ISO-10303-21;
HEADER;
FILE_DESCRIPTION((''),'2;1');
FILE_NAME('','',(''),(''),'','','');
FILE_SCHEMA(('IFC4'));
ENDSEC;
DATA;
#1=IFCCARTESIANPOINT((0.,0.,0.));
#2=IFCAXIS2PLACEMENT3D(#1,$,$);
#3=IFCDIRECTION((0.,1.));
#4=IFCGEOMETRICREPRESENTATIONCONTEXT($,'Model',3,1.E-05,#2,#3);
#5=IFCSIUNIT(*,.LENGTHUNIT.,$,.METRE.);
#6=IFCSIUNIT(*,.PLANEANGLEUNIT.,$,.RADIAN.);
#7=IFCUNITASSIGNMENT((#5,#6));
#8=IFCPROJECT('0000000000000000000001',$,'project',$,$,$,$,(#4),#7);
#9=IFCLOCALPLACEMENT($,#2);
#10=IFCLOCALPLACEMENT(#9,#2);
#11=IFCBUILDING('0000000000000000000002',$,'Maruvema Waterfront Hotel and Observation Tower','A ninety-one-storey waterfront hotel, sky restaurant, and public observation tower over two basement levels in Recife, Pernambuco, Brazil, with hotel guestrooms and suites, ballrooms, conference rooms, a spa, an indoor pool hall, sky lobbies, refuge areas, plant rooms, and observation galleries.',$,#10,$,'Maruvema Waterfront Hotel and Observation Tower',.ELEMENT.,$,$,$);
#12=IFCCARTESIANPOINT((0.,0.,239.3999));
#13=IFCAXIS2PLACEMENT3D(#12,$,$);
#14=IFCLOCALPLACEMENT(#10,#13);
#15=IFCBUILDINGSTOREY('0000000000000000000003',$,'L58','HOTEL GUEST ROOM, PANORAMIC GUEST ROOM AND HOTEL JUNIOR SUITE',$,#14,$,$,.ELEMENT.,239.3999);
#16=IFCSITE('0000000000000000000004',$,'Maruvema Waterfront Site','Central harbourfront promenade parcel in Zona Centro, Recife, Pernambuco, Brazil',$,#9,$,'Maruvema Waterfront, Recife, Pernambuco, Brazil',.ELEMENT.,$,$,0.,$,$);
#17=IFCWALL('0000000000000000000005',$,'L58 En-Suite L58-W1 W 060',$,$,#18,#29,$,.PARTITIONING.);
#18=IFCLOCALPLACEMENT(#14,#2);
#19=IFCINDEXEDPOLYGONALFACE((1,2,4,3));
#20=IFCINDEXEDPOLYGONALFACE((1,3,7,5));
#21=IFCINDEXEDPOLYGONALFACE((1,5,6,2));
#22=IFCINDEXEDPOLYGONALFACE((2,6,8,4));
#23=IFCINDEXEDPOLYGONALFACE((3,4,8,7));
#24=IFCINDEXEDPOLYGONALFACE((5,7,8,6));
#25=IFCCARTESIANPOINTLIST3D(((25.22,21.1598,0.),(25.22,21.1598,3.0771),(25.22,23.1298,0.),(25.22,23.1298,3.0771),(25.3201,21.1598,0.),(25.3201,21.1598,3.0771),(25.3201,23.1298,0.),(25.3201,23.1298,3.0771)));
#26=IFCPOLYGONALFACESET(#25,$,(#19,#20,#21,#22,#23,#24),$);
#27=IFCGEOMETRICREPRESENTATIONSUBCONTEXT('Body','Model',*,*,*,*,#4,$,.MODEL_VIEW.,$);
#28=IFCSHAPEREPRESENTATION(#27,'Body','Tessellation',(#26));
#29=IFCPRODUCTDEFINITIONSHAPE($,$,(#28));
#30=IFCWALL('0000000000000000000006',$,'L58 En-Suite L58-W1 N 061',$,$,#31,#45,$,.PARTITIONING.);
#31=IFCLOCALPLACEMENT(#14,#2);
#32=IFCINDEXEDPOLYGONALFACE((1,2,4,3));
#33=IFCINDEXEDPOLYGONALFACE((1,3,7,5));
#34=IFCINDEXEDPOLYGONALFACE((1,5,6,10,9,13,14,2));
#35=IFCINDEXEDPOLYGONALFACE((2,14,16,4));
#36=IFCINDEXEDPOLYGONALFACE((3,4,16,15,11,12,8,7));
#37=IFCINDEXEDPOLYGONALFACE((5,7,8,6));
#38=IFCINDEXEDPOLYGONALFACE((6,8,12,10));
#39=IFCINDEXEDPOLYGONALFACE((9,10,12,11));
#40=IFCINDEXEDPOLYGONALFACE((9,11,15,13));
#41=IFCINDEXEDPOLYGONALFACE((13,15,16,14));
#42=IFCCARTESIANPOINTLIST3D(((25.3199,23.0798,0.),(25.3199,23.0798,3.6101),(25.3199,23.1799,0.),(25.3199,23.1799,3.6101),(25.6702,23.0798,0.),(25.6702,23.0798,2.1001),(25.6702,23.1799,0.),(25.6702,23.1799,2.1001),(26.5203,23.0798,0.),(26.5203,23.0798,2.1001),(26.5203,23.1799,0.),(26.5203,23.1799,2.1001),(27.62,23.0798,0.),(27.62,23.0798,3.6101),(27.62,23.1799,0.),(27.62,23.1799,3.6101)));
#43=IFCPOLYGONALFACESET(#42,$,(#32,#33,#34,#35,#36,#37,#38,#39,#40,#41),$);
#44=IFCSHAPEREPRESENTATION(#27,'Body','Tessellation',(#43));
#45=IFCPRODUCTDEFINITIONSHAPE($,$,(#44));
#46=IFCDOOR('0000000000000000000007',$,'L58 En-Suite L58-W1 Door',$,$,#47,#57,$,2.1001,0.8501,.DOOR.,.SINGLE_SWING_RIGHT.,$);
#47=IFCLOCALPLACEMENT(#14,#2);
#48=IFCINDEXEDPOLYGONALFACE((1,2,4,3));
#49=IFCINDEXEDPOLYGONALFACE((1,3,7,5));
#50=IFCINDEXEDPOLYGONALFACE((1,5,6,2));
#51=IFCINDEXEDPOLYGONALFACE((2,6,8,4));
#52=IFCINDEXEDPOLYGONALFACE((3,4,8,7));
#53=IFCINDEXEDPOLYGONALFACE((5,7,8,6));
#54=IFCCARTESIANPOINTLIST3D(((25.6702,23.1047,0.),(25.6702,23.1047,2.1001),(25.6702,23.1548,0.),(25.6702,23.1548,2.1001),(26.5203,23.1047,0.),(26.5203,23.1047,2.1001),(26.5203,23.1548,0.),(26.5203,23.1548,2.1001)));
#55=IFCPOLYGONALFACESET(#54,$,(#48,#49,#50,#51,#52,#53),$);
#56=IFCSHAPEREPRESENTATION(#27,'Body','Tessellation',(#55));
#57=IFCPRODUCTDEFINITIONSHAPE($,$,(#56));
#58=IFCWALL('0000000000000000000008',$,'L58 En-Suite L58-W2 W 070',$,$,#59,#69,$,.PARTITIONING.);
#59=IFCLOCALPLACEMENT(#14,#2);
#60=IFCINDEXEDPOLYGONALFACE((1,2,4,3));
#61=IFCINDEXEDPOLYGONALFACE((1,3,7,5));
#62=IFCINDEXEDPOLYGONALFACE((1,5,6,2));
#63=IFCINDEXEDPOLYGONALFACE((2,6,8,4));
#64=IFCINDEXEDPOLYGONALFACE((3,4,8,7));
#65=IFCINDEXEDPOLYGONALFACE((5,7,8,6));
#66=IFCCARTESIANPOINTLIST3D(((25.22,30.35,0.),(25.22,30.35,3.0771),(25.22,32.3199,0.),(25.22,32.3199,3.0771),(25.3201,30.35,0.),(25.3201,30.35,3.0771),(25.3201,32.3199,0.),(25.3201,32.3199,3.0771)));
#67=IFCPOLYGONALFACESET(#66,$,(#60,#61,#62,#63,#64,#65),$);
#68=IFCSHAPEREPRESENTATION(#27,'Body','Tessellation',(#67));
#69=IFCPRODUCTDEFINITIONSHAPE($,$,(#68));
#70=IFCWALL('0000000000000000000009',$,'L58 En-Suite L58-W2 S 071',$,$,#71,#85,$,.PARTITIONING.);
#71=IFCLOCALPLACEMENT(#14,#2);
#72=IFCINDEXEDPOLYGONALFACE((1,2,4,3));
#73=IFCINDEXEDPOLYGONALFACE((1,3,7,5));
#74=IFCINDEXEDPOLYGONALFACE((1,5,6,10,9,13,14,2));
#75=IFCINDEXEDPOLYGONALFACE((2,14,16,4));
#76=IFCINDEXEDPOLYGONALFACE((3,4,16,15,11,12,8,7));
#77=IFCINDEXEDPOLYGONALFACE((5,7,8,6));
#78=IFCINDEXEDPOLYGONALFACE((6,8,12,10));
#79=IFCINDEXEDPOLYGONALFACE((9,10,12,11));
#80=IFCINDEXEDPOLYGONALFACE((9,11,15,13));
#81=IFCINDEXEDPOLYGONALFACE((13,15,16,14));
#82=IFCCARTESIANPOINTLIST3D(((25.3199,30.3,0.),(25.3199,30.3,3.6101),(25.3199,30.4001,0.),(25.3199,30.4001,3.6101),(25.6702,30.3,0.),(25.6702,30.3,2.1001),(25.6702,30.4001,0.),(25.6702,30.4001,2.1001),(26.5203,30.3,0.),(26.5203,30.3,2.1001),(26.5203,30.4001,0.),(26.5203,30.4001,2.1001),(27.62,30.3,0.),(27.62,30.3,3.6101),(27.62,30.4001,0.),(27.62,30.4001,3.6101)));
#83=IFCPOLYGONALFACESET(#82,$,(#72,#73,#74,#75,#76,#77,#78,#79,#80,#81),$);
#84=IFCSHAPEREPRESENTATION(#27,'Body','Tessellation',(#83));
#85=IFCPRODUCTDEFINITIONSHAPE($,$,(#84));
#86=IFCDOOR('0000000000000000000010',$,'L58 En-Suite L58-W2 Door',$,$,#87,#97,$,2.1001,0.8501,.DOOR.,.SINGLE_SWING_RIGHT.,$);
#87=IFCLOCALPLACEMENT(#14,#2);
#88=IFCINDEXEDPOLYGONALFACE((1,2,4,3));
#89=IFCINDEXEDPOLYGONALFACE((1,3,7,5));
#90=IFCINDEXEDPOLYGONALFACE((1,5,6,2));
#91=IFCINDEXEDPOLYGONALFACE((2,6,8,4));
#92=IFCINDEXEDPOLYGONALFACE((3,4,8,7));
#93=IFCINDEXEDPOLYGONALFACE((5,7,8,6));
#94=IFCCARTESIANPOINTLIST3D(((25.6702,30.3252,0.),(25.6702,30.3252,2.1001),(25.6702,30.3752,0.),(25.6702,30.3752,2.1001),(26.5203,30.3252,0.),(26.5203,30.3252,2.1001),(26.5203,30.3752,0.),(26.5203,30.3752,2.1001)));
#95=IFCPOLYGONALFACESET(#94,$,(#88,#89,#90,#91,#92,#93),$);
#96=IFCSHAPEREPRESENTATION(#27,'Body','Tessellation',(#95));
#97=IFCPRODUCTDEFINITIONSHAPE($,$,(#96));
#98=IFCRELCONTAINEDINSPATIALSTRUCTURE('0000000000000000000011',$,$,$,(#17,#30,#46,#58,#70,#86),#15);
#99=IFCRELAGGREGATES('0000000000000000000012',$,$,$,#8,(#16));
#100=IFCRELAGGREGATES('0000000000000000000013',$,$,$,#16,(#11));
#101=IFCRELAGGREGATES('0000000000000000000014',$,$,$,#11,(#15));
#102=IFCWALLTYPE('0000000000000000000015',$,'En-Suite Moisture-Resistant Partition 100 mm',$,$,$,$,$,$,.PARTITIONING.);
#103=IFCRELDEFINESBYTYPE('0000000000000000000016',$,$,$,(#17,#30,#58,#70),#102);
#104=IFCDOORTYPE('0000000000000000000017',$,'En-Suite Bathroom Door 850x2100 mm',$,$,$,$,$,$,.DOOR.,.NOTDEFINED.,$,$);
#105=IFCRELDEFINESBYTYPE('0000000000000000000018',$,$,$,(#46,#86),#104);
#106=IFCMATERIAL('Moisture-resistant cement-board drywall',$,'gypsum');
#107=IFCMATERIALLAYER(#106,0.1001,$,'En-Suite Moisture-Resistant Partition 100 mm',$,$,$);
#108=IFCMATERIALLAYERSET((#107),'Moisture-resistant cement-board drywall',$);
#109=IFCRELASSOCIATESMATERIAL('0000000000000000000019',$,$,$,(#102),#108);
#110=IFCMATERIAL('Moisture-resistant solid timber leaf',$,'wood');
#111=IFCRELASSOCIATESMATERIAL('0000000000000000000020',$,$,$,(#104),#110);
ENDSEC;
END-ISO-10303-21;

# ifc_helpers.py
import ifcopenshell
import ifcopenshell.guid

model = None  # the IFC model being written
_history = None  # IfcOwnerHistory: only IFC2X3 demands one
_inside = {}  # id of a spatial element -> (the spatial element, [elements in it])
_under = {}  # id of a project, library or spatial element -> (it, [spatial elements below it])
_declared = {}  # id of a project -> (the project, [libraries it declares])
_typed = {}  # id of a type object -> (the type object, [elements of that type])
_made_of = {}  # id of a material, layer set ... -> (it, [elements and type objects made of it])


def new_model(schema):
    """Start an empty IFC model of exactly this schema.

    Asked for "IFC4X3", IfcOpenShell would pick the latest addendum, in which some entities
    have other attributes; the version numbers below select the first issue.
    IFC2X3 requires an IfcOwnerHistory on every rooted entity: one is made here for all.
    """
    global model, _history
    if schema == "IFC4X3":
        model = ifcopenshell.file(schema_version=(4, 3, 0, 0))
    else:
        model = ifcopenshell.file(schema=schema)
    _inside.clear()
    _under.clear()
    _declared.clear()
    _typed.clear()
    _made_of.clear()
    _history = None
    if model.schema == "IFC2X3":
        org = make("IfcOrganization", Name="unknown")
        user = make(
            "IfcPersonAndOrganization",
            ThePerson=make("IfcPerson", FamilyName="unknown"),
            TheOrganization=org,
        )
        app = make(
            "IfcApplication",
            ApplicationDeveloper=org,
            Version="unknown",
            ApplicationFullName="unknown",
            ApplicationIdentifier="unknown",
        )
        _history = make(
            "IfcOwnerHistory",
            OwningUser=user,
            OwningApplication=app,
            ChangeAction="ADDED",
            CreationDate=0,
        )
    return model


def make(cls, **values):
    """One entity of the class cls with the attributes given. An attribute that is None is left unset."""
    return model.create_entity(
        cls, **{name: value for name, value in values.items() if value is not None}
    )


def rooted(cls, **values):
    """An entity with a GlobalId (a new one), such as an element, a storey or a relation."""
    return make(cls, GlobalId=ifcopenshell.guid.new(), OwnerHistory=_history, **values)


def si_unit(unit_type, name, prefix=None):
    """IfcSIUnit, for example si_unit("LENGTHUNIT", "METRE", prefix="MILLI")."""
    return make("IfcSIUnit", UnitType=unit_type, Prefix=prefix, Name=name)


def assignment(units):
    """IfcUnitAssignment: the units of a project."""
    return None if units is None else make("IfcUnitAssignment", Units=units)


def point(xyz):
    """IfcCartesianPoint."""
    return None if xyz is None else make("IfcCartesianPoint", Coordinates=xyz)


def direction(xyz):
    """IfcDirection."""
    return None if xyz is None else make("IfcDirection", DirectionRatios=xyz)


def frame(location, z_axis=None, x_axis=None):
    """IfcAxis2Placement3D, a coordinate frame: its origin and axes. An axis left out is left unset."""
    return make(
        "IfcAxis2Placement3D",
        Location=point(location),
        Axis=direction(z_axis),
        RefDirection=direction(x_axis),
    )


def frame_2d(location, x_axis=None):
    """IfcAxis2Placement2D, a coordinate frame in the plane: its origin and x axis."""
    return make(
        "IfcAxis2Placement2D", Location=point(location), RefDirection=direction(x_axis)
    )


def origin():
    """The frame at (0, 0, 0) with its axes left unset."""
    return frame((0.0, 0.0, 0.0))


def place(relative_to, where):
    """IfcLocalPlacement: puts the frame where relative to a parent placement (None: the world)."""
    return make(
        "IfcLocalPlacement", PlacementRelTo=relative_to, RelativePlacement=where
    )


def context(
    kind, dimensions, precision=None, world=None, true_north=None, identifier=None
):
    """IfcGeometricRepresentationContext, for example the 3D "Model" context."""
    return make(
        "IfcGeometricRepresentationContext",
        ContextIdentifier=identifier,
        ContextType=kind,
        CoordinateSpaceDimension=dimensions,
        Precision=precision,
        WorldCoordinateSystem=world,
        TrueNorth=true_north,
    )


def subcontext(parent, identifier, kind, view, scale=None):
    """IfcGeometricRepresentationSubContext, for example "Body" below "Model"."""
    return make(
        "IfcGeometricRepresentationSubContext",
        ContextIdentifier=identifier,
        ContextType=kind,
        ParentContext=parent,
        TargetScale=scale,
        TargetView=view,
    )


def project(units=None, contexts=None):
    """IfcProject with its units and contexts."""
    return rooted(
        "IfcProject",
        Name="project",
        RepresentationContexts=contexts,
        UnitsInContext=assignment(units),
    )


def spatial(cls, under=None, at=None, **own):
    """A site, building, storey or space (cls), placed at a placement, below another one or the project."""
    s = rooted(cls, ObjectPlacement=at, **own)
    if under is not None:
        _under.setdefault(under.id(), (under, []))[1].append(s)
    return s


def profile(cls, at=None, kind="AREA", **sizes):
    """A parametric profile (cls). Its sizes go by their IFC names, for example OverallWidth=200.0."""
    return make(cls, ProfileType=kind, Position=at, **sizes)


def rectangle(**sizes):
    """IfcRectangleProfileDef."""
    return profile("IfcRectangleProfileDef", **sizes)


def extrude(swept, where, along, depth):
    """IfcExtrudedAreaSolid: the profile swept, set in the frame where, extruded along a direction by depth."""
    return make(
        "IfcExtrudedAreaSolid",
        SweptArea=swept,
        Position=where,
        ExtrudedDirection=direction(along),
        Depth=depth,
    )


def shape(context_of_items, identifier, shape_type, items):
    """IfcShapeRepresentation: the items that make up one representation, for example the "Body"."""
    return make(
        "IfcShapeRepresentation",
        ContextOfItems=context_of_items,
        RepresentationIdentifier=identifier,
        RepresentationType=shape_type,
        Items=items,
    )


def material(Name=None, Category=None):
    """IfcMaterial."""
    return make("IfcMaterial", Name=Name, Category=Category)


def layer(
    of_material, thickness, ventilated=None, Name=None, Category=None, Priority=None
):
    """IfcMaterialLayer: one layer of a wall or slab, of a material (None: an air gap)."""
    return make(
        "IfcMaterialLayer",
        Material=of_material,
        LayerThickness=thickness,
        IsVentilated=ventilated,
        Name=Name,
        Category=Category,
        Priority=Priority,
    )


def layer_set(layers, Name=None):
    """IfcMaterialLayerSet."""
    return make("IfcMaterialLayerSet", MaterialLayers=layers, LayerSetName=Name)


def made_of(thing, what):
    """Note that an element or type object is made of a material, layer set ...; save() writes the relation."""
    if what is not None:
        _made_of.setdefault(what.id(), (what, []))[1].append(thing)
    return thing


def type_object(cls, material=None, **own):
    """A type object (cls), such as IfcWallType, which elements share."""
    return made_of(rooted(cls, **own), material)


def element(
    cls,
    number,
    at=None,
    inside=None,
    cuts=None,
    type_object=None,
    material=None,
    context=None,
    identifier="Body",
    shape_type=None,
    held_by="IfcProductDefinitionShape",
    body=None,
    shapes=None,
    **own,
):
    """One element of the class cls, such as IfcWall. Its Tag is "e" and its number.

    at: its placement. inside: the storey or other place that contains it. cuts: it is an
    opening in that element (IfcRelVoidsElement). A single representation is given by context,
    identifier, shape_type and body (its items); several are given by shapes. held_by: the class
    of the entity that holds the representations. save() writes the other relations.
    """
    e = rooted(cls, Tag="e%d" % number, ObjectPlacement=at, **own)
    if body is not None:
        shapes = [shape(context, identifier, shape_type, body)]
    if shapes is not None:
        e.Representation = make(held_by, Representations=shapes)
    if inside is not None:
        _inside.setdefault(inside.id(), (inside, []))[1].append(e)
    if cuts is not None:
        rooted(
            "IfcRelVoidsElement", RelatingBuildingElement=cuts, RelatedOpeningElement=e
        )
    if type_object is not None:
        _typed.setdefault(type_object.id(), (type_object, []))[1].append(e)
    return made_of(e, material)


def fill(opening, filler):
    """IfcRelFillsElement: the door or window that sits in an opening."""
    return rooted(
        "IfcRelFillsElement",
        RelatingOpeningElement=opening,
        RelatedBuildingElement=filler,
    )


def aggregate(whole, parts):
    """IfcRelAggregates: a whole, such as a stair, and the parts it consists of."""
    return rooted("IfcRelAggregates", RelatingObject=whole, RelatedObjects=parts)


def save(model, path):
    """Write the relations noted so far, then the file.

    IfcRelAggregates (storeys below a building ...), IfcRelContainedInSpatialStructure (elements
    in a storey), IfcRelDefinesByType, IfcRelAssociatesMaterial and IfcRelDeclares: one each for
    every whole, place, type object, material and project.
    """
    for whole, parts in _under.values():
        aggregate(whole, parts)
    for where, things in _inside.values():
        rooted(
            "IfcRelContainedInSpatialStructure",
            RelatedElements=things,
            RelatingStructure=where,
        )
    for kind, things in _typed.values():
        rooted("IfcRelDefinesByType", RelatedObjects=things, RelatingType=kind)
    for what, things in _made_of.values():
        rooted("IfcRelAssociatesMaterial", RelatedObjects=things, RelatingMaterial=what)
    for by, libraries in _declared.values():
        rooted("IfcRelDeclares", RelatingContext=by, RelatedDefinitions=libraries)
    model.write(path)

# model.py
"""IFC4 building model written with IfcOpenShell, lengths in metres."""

from ifc_helpers import new_model, si_unit, direction, frame, frame_2d, origin, place, context, subcontext, project, spatial, rectangle, extrude, material, layer, layer_set, type_object, element, fill, save


model = new_model("IFC4")

# Units and contexts
model_context = context("Model", 3, precision=1e-05, world=origin(), true_north=direction((0.0, 1.0)))
body_context = subcontext(model_context, "Body", "Model", "MODEL_VIEW")
ifc_project = project(units=[si_unit("LENGTHUNIT", "METRE"), si_unit("PLANEANGLEUNIT", "RADIAN")], contexts=[model_context])

# Site, building, storey
site_placement = place(None, origin())
site = spatial("IfcSite", under=ifc_project, at=site_placement, Name="Maruvema Waterfront Site", Description="Central harbourfront promenade parcel in Zona Centro, Recife, Pernambuco, Brazil", LongName="Maruvema Waterfront, Recife, Pernambuco, Brazil", CompositionType="ELEMENT", RefElevation=0.0)
building_placement = place(site_placement, origin())
building = spatial("IfcBuilding", under=site, at=building_placement, Name="Maruvema Waterfront Hotel and Observation Tower", Description="A ninety-one-storey waterfront hotel, sky restaurant, and public observation tower over two basement levels in Recife, Pernambuco, Brazil, with hotel guestrooms and suites, ballrooms, conference rooms, a spa, an indoor pool hall, sky lobbies, refuge areas, plant rooms, and observation galleries.", LongName="Maruvema Waterfront Hotel and Observation Tower", CompositionType="ELEMENT")
storey_placement = place(building_placement, frame((0.0, 0.0, 239.3999)))
storey = spatial("IfcBuildingStorey", under=building, at=storey_placement, Name="L58", Description="HOTEL GUEST ROOM, PANORAMIC GUEST ROOM AND HOTEL JUNIOR SUITE", CompositionType="ELEMENT", Elevation=239.3999)

# Wall
ifc_material_1 = material(Name="Moisture-resistant cement-board drywall", Category="gypsum")
ifc_layer_1 = layer(ifc_material_1, 0.1001, Name="En-Suite Moisture-Resistant Partition 100 mm")
ifc_layer_set_1 = layer_set([ifc_layer_1], Name="Moisture-resistant cement-board drywall")
wall_type_1 = type_object("IfcWallType", Name="En-Suite Moisture-Resistant Partition 100 mm", PredefinedType="PARTITIONING", material=ifc_layer_set_1)
wall_1_placement = place(storey_placement, frame((25.27, 21.1599, 0.0), z_axis=(0.0, 0.0, 1.0), x_axis=(0.0, 1.0, 0.0)))
element("IfcWall", 1, at=wall_1_placement, inside=storey, type_object=wall_type_1, Name="L58 En-Suite L58-W1 W 060", PredefinedType="PARTITIONING", context=body_context, shape_type="SweptSolid", body=[
    extrude(rectangle(XDim=1.97, YDim=0.1001, at=frame_2d((0.9849, 0.0))), origin(), (0.0, 0.0, 1.0), 3.0771),
])

# Wall, opening, door
wall_2_placement = place(storey_placement, frame((25.3201, 23.1299, 0.0), z_axis=(0.0, 0.0, 1.0), x_axis=(1.0, 0.0, 0.0)))
wall_2 = element("IfcWall", 2, at=wall_2_placement, inside=storey, type_object=wall_type_1, Name="L58 En-Suite L58-W1 N 061", PredefinedType="PARTITIONING", context=body_context, shape_type="SweptSolid", body=[
    extrude(rectangle(XDim=2.3, YDim=0.1001, at=frame_2d((1.1499, 0.0))), origin(), (0.0, 0.0, 1.0), 3.6101),
])
opening_1_placement = place(wall_2_placement, frame((0.3501, 0.0, 0.0)))
opening_1 = element("IfcOpeningElement", 3, at=opening_1_placement, cuts=wall_2, PredefinedType="OPENING", context=body_context, shape_type="SweptSolid", body=[
    extrude(rectangle(XDim=0.8501, YDim=2.1001, at=frame_2d((0.425, 1.05))), frame((0.0, 0.0601, 0.0), z_axis=(0.0, -1.0, 0.0), x_axis=(1.0, 0.0, 0.0)), (0.0, 0.0, 1.0), 0.1201),
])
ifc_material_2 = material(Name="Moisture-resistant solid timber leaf", Category="wood")
door_type_1 = type_object("IfcDoorType", Name="En-Suite Bathroom Door 850x2100 mm", OperationType="NOTDEFINED", PredefinedType="DOOR", material=ifc_material_2)
door_1_placement = place(opening_1_placement, origin())
door_1 = element("IfcDoor", 4, at=door_1_placement, inside=storey, type_object=door_type_1, Name="L58 En-Suite L58-W1 Door", OperationType="SINGLE_SWING_RIGHT", OverallHeight=2.1001, OverallWidth=0.8501, PredefinedType="DOOR", context=body_context, shape_type="SweptSolid", body=[
    extrude(rectangle(XDim=0.8501, YDim=2.1001, at=frame_2d((0.425, 1.05))), frame((0.0, 0.0249, 0.0), z_axis=(0.0, -1.0, 0.0), x_axis=(1.0, 0.0, 0.0)), (0.0, 0.0, 1.0), 0.05),
])
fill(opening_1, door_1)

# Wall
wall_3_placement = place(storey_placement, frame((25.27, 30.3501, 0.0), z_axis=(0.0, 0.0, 1.0), x_axis=(0.0, 1.0, 0.0)))
element("IfcWall", 5, at=wall_3_placement, inside=storey, type_object=wall_type_1, Name="L58 En-Suite L58-W2 W 070", PredefinedType="PARTITIONING", context=body_context, shape_type="SweptSolid", body=[
    extrude(rectangle(XDim=1.97, YDim=0.1001, at=frame_2d((0.9849, 0.0))), origin(), (0.0, 0.0, 1.0), 3.0771),
])

# Wall, opening, door
wall_4_placement = place(storey_placement, frame((25.3201, 30.3501, 0.0), z_axis=(0.0, 0.0, 1.0), x_axis=(1.0, 0.0, 0.0)))
wall_4 = element("IfcWall", 6, at=wall_4_placement, inside=storey, type_object=wall_type_1, Name="L58 En-Suite L58-W2 S 071", PredefinedType="PARTITIONING", context=body_context, shape_type="SweptSolid", body=[
    extrude(rectangle(XDim=2.3, YDim=0.1001, at=frame_2d((1.1499, 0.0))), origin(), (0.0, 0.0, 1.0), 3.6101),
])
opening_2_placement = place(wall_4_placement, frame((0.3501, 0.0, 0.0)))
opening_2 = element("IfcOpeningElement", 7, at=opening_2_placement, cuts=wall_4, PredefinedType="OPENING", context=body_context, shape_type="SweptSolid", body=[
    extrude(rectangle(XDim=0.8501, YDim=2.1001, at=frame_2d((0.425, 1.05))), frame((0.0, 0.0601, 0.0), z_axis=(0.0, -1.0, 0.0), x_axis=(1.0, 0.0, 0.0)), (0.0, 0.0, 1.0), 0.1201),
])
door_2_placement = place(opening_2_placement, frame((0.8501, 0.0, 0.0), z_axis=(0.0, 0.0, 1.0), x_axis=(-1.0, 0.0, 0.0)))
door_2 = element("IfcDoor", 8, at=door_2_placement, inside=storey, type_object=door_type_1, Name="L58 En-Suite L58-W2 Door", OperationType="SINGLE_SWING_RIGHT", OverallHeight=2.1001, OverallWidth=0.8501, PredefinedType="DOOR", context=body_context, shape_type="SweptSolid", body=[
    extrude(rectangle(XDim=0.8501, YDim=2.1001, at=frame_2d((0.425, 1.05))), frame((0.0, 0.0249, 0.0), z_axis=(0.0, -1.0, 0.0), x_axis=(1.0, 0.0, 0.0)), (0.0, 0.0, 1.0), 0.05),
])
fill(opening_2, door_2)

save(model, "model.ifc")
